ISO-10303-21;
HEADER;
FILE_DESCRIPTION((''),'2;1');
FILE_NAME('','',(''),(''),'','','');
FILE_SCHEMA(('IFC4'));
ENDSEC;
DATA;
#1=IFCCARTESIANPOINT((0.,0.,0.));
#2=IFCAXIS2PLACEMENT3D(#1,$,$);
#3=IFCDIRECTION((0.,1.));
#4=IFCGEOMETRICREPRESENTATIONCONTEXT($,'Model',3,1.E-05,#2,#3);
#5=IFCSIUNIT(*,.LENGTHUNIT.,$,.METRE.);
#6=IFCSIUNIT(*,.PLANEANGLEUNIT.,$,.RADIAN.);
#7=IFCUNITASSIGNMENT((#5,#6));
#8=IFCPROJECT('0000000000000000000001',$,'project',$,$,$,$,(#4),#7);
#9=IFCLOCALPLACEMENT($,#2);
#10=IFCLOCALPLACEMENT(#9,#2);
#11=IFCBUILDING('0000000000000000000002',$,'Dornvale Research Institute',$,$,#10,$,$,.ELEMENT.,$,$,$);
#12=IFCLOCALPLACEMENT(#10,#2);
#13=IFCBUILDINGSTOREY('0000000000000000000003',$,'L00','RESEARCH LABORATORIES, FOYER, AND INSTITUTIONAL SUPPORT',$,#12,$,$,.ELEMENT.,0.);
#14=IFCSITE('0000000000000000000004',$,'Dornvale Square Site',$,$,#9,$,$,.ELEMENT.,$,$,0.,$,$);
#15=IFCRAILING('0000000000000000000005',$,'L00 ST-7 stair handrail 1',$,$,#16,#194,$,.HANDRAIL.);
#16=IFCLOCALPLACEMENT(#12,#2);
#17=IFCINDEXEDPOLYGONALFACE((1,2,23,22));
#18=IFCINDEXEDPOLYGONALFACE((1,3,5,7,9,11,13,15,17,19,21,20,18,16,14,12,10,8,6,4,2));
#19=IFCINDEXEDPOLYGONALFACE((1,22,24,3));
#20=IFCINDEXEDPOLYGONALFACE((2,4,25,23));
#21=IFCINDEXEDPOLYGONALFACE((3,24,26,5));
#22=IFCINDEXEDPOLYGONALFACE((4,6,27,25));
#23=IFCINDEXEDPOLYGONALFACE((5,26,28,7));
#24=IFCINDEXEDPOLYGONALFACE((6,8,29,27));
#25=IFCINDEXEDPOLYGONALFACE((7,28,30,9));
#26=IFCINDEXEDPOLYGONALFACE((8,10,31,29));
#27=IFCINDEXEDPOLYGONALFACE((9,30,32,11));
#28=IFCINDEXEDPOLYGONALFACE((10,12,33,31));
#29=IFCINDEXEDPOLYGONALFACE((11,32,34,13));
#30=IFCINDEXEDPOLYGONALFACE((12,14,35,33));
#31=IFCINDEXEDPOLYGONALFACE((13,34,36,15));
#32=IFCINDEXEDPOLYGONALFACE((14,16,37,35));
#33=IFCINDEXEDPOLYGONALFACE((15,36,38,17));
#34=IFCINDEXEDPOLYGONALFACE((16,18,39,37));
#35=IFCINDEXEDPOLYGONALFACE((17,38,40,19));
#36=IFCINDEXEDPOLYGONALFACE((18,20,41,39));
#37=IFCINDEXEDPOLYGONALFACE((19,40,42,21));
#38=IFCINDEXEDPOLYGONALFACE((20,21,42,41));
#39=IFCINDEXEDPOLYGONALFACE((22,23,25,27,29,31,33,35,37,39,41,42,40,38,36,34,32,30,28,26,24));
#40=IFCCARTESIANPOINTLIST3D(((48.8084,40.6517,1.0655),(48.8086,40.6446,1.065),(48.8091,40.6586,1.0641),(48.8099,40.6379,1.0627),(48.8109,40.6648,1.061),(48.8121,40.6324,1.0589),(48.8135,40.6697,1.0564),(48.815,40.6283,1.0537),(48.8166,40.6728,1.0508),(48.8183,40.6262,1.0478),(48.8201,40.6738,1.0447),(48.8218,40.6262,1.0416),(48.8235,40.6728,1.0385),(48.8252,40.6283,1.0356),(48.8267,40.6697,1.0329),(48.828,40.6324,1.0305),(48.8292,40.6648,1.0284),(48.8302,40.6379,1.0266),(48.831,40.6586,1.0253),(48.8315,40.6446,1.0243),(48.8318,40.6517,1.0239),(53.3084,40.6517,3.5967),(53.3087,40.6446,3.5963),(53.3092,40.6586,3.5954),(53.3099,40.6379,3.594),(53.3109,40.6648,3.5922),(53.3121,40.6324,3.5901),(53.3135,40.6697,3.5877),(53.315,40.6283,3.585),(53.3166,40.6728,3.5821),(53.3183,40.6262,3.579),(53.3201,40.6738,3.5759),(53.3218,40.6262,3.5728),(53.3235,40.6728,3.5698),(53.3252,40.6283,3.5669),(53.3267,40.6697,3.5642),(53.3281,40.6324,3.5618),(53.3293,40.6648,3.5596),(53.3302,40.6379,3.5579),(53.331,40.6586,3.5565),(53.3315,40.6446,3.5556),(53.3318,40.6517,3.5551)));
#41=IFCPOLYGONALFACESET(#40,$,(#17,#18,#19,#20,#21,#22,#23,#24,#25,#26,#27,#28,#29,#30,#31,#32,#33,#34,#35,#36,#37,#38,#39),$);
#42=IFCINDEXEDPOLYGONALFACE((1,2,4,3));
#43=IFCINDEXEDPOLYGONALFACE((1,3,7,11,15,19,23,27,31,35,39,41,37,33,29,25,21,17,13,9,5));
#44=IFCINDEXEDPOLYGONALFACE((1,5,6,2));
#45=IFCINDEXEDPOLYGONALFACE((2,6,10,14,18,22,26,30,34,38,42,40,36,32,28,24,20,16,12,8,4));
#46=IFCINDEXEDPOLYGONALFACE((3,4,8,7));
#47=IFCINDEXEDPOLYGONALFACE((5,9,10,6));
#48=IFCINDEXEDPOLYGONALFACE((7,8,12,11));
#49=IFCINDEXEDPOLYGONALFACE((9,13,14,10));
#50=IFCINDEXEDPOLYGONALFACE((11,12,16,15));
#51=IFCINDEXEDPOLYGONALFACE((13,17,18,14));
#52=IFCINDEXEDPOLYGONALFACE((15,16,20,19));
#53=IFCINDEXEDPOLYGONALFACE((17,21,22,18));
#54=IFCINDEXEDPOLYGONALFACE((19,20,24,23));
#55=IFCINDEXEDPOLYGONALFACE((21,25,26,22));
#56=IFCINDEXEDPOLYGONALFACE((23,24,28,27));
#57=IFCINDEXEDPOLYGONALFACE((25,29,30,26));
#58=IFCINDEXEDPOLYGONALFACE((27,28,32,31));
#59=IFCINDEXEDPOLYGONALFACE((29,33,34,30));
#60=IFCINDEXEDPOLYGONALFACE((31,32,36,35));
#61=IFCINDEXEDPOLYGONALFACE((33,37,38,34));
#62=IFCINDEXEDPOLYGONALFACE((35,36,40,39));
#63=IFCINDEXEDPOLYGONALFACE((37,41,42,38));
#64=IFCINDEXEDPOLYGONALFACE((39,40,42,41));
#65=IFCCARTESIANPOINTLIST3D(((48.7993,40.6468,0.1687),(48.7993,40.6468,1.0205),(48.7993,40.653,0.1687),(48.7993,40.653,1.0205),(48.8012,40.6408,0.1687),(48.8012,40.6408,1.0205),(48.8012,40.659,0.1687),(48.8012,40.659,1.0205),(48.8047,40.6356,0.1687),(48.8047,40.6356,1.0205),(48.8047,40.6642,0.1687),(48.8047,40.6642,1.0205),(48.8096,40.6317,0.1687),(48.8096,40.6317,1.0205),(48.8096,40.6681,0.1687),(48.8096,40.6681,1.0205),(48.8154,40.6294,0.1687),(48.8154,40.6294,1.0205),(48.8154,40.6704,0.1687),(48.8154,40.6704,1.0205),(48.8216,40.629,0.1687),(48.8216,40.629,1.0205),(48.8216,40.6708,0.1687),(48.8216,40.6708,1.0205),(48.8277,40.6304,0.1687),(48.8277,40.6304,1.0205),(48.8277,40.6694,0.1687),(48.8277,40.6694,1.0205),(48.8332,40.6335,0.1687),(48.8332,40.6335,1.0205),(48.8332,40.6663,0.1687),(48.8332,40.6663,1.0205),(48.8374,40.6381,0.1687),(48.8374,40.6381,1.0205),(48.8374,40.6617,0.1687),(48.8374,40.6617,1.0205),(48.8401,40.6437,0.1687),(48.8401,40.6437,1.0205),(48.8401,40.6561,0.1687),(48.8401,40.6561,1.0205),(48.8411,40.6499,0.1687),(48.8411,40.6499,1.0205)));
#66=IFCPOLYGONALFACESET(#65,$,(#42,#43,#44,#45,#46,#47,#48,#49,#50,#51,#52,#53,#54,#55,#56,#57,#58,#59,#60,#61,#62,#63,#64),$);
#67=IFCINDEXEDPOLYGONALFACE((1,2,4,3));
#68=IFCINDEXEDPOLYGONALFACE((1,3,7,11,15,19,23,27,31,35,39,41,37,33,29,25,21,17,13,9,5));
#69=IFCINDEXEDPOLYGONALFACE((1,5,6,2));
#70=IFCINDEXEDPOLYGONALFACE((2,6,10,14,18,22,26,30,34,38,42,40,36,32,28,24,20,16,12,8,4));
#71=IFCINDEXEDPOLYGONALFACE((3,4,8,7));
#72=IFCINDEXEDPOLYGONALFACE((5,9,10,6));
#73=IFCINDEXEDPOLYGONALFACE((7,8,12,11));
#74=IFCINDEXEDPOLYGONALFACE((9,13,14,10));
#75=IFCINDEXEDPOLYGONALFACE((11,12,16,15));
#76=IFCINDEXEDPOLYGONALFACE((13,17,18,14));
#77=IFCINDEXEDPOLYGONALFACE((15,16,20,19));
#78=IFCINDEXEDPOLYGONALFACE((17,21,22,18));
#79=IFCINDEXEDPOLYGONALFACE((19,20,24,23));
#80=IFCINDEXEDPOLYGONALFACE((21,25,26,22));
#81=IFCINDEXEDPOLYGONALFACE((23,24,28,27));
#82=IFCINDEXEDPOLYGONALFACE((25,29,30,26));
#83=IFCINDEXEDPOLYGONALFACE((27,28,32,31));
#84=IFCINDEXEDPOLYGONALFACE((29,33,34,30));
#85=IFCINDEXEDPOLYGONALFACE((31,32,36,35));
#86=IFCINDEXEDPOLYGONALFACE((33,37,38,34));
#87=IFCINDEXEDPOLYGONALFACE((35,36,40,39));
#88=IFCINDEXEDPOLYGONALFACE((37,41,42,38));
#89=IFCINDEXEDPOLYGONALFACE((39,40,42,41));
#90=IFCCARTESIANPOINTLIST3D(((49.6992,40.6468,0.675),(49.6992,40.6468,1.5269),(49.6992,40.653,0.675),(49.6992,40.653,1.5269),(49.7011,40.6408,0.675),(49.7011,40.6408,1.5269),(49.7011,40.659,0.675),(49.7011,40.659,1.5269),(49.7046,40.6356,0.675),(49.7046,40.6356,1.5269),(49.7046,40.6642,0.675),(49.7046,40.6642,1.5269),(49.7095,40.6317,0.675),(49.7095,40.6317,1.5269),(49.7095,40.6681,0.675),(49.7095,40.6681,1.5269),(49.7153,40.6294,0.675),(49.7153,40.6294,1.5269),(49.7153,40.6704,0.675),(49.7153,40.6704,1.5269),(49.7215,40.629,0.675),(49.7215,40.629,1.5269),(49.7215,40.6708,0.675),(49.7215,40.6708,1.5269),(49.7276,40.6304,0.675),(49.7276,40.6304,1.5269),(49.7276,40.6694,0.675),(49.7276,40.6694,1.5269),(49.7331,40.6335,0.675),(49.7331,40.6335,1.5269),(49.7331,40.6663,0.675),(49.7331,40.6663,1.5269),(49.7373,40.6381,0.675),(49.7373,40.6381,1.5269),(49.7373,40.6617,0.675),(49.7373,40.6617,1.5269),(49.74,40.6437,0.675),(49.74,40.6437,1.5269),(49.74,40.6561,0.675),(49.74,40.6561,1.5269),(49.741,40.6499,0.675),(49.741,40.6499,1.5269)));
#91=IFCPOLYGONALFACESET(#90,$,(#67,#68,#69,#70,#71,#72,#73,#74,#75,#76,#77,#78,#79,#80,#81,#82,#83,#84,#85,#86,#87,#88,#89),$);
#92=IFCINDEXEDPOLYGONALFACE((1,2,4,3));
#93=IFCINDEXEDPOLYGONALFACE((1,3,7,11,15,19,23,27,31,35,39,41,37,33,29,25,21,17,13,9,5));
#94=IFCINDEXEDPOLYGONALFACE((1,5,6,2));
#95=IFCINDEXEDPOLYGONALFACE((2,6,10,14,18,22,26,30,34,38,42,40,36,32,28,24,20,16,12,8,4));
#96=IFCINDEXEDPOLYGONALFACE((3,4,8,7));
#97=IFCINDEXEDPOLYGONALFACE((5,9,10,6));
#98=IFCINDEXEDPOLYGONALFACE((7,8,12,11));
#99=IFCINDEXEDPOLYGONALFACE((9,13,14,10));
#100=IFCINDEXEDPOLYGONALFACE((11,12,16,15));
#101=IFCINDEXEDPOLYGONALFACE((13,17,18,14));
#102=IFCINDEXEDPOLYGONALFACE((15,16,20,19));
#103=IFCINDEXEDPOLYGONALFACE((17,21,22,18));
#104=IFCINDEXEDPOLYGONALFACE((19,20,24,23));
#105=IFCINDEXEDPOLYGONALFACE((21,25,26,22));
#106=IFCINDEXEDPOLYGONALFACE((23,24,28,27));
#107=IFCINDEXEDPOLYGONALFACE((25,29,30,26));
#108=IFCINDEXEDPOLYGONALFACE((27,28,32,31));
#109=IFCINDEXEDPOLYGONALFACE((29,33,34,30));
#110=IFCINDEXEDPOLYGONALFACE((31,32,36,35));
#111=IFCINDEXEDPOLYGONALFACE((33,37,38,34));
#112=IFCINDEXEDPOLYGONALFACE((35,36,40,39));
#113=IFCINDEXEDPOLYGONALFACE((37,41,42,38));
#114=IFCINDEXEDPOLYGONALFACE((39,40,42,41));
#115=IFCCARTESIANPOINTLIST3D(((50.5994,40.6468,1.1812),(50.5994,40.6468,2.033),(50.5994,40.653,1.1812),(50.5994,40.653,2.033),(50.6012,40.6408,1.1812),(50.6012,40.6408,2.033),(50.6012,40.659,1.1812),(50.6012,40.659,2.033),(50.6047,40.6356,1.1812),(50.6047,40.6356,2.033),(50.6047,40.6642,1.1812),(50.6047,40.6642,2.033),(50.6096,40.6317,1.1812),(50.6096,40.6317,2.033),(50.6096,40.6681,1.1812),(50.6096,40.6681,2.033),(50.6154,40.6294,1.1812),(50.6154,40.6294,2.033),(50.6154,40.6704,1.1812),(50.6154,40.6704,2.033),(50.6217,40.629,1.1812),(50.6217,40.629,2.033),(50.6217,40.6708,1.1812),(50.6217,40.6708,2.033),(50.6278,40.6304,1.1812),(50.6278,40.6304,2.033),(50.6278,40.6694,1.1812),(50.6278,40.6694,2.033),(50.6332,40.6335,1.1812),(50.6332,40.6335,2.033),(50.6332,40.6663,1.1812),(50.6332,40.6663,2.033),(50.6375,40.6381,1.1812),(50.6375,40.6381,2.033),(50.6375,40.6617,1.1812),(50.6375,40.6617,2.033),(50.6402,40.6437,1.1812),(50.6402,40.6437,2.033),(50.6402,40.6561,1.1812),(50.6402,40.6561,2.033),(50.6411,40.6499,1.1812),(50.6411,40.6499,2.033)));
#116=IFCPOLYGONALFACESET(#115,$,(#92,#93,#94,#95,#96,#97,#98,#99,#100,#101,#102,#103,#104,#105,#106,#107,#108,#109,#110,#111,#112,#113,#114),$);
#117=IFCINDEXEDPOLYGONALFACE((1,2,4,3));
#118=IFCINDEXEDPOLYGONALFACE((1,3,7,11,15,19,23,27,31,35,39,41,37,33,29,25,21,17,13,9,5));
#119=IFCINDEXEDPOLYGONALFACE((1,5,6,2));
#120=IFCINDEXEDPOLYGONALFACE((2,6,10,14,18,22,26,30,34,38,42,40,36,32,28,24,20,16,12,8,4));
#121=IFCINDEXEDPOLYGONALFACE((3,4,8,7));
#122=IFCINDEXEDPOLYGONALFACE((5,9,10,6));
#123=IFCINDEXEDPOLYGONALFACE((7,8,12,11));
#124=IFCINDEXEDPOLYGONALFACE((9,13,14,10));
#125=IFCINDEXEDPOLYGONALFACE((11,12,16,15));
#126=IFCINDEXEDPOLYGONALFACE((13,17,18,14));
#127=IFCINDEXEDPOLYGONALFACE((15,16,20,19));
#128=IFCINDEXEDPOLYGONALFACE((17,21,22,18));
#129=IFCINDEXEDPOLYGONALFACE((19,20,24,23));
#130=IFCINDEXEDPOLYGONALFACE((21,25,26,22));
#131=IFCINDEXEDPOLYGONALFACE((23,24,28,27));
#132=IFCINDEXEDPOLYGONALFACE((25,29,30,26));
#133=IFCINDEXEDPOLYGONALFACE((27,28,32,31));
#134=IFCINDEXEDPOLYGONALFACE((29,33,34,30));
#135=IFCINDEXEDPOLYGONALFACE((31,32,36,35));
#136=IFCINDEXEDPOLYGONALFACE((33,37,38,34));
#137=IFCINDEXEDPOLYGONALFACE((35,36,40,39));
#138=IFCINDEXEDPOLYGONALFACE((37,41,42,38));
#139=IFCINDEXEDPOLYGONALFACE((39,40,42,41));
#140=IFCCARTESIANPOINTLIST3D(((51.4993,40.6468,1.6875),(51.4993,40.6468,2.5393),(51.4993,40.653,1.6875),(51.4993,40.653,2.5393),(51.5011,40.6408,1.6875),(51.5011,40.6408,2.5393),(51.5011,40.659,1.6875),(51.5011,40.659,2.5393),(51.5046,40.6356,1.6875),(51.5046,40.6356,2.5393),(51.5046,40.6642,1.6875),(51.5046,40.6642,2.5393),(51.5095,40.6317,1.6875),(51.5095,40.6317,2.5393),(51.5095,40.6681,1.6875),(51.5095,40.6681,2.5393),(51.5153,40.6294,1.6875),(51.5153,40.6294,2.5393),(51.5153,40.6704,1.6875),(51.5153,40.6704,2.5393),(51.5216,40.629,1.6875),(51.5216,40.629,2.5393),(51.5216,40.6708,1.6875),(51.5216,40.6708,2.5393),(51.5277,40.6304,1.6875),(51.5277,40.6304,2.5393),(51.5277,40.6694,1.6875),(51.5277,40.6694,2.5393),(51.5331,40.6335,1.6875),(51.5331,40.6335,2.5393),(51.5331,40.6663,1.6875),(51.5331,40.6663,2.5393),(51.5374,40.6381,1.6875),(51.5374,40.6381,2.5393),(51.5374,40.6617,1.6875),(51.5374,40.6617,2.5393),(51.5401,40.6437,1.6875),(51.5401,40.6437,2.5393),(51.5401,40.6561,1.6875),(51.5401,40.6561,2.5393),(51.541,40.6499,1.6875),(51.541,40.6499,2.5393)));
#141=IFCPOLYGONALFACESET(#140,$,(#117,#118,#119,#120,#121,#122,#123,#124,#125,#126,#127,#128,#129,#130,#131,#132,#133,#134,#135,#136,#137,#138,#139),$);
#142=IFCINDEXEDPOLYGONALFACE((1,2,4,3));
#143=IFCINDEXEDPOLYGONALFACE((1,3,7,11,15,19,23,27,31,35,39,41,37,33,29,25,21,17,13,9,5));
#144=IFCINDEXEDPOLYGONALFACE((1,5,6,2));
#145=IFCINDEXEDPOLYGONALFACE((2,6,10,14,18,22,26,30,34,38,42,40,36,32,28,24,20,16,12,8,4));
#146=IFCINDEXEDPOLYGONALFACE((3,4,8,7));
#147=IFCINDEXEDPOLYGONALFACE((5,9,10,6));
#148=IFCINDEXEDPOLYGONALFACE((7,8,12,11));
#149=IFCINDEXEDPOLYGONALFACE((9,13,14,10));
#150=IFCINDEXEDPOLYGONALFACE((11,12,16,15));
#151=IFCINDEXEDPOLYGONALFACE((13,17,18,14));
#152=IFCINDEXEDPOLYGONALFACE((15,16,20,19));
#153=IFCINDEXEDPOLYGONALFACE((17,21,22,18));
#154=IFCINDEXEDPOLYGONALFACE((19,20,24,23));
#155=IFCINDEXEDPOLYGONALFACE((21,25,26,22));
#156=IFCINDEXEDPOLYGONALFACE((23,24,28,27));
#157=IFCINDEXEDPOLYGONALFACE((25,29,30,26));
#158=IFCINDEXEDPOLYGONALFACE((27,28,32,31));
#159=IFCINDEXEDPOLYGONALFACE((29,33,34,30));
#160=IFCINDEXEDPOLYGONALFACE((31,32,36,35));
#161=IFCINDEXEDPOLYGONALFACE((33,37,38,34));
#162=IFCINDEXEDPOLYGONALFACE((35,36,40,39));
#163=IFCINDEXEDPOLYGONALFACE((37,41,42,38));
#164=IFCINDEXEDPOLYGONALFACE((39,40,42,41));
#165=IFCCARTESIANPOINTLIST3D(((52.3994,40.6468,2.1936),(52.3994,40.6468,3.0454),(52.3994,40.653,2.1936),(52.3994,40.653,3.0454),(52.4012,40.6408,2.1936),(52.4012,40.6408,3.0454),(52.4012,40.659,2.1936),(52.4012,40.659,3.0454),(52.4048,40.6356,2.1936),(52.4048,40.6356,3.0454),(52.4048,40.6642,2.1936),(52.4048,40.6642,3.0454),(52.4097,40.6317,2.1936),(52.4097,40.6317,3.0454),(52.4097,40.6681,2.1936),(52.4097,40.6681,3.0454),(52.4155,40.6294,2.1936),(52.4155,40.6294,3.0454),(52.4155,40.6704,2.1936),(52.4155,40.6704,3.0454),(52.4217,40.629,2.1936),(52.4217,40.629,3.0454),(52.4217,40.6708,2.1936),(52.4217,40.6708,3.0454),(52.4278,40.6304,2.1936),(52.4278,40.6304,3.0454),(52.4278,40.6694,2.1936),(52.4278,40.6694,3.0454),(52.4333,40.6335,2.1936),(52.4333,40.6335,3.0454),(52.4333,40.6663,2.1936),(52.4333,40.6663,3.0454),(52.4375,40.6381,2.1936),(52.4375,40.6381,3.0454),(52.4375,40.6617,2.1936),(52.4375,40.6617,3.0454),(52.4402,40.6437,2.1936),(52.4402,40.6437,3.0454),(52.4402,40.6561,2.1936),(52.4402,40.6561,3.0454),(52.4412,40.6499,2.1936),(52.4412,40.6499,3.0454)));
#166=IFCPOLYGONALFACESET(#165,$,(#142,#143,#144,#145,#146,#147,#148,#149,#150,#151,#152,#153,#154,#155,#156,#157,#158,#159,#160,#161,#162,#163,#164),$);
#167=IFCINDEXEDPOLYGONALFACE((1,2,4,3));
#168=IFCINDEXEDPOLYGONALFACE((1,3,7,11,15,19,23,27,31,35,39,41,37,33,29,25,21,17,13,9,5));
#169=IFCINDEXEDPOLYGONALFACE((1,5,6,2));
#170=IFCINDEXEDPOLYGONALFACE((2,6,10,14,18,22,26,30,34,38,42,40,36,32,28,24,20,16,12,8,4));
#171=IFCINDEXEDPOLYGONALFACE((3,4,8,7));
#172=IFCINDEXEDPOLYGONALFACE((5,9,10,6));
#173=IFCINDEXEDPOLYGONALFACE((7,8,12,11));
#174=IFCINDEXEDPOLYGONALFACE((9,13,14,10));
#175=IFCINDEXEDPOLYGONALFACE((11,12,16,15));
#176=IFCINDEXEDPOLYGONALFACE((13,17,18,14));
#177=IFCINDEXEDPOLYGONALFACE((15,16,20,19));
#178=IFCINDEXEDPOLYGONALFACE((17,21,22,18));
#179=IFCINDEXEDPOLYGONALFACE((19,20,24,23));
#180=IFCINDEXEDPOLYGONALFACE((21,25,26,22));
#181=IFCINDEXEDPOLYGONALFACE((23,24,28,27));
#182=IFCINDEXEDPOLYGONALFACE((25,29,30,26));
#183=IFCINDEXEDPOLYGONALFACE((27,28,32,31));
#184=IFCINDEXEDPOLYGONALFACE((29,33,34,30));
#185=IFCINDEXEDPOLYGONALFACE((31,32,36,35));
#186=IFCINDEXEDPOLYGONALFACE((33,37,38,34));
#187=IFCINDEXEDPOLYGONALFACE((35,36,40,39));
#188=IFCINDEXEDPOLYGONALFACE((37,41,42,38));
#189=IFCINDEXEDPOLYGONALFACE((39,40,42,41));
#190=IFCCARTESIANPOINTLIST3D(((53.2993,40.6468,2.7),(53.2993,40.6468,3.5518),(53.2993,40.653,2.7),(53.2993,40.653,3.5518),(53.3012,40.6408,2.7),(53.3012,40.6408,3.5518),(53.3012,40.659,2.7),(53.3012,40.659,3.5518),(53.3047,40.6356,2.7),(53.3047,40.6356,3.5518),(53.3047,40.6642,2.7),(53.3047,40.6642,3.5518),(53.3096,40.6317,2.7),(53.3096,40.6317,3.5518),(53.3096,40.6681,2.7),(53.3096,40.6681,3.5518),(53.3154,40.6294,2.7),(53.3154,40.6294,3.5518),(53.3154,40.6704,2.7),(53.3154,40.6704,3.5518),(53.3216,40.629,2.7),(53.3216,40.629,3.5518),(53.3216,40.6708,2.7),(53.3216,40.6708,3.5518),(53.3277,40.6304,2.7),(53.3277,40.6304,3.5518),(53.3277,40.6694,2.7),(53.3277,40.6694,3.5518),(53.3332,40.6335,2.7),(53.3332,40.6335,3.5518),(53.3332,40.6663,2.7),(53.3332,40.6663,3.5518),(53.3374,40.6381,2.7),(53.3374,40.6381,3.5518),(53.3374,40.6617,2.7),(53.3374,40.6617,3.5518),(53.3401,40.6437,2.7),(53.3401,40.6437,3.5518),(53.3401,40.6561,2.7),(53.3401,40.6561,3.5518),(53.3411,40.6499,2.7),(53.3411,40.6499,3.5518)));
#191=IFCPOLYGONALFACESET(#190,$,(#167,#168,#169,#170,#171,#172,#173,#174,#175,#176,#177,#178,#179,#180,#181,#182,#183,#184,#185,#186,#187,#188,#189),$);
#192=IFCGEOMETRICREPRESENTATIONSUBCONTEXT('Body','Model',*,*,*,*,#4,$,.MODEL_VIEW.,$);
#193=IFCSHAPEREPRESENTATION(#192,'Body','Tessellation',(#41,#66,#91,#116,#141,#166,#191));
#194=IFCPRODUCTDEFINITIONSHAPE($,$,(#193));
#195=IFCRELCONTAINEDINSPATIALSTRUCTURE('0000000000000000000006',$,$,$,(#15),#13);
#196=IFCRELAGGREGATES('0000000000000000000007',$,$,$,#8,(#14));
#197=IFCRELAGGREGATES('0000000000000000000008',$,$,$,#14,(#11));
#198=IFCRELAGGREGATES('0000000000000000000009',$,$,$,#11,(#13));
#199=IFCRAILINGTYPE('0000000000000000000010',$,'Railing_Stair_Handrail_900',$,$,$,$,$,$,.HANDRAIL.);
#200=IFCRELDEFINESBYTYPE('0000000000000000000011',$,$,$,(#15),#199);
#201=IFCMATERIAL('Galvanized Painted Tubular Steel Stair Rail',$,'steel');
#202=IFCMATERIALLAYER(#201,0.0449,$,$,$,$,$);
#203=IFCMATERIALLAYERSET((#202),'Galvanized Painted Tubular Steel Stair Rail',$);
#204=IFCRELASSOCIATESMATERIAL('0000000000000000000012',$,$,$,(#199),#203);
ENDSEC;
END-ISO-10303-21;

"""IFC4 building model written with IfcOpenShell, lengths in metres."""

from ifc_helpers import new_model, si_unit, direction, frame, origin, origin_2d, place, context, subcontext, project, spatial, circle, extrude, material, layer, layer_set, type_object, element, save


model = new_model("IFC4")

# Units and contexts
model_context = context("Model", 3, precision=1e-05, world=origin(), true_north=direction((0.0, 1.0)))
body_context = subcontext(model_context, "Body", "Model", "MODEL_VIEW")
ifc_project = project(units=[si_unit("LENGTHUNIT", "METRE"), si_unit("PLANEANGLEUNIT", "RADIAN")], contexts=[model_context])

# Site, building, storey
site_placement = place(None, origin())
site = spatial("IfcSite", under=ifc_project, at=site_placement, Name="Dornvale Square Site", CompositionType="ELEMENT", RefElevation=0.0)
building_placement = place(site_placement, origin())
building = spatial("IfcBuilding", under=site, at=building_placement, Name="Dornvale Research Institute", CompositionType="ELEMENT")
storey_placement = place(building_placement, origin())
storey = spatial("IfcBuildingStorey", under=building, at=storey_placement, Name="L00", Description="RESEARCH LABORATORIES, FOYER, AND INSTITUTIONAL SUPPORT", CompositionType="ELEMENT", Elevation=0.0)

# Railing
ifc_material_1 = material(Name="Galvanized Painted Tubular Steel Stair Rail", Category="steel")
ifc_layer_1 = layer(ifc_material_1, 0.0449)
ifc_layer_set_1 = layer_set([ifc_layer_1], Name="Galvanized Painted Tubular Steel Stair Rail")
railing_type_1 = type_object("IfcRailingType", Name="Railing_Stair_Handrail_900", PredefinedType="HANDRAIL", material=ifc_layer_set_1)
railing_1_placement = place(storey_placement, frame((48.8201, 40.6499, 0.1687)))
element("IfcRailing", 1, at=railing_1_placement, inside=storey, type_object=railing_type_1, Name="L00 ST-7 stair handrail 1", PredefinedType="HANDRAIL", context=body_context, shape_type="SweptSolid", body=[
    extrude(circle(Radius=0.0239, at=origin_2d()), frame((0.0, 0.0, 0.876), z_axis=(0.871576, 0.0, 0.490261), x_axis=(0.0, 1.0, 0.0)), (0.0, 0.0, 1.0), 5.1631),
    extrude(circle(Radius=0.021, at=origin_2d()), origin(), (0.0, 0.0, 1.0), 0.8518),
    extrude(circle(Radius=0.021, at=origin_2d()), frame((0.8999, 0.0, 0.5063)), (0.0, 0.0, 1.0), 0.8518),
    extrude(circle(Radius=0.021, at=origin_2d()), frame((1.8, 0.0, 1.0125)), (0.0, 0.0, 1.0), 0.8518),
    extrude(circle(Radius=0.021, at=origin_2d()), frame((2.7, 0.0, 1.5188)), (0.0, 0.0, 1.0), 0.8518),
    extrude(circle(Radius=0.021, at=origin_2d()), frame((3.6001, 0.0, 2.0249)), (0.0, 0.0, 1.0), 0.8518),
    extrude(circle(Radius=0.021, at=origin_2d()), frame((4.5, 0.0, 2.5312)), (0.0, 0.0, 1.0), 0.8518),
])

save(model, "model.ifc")
